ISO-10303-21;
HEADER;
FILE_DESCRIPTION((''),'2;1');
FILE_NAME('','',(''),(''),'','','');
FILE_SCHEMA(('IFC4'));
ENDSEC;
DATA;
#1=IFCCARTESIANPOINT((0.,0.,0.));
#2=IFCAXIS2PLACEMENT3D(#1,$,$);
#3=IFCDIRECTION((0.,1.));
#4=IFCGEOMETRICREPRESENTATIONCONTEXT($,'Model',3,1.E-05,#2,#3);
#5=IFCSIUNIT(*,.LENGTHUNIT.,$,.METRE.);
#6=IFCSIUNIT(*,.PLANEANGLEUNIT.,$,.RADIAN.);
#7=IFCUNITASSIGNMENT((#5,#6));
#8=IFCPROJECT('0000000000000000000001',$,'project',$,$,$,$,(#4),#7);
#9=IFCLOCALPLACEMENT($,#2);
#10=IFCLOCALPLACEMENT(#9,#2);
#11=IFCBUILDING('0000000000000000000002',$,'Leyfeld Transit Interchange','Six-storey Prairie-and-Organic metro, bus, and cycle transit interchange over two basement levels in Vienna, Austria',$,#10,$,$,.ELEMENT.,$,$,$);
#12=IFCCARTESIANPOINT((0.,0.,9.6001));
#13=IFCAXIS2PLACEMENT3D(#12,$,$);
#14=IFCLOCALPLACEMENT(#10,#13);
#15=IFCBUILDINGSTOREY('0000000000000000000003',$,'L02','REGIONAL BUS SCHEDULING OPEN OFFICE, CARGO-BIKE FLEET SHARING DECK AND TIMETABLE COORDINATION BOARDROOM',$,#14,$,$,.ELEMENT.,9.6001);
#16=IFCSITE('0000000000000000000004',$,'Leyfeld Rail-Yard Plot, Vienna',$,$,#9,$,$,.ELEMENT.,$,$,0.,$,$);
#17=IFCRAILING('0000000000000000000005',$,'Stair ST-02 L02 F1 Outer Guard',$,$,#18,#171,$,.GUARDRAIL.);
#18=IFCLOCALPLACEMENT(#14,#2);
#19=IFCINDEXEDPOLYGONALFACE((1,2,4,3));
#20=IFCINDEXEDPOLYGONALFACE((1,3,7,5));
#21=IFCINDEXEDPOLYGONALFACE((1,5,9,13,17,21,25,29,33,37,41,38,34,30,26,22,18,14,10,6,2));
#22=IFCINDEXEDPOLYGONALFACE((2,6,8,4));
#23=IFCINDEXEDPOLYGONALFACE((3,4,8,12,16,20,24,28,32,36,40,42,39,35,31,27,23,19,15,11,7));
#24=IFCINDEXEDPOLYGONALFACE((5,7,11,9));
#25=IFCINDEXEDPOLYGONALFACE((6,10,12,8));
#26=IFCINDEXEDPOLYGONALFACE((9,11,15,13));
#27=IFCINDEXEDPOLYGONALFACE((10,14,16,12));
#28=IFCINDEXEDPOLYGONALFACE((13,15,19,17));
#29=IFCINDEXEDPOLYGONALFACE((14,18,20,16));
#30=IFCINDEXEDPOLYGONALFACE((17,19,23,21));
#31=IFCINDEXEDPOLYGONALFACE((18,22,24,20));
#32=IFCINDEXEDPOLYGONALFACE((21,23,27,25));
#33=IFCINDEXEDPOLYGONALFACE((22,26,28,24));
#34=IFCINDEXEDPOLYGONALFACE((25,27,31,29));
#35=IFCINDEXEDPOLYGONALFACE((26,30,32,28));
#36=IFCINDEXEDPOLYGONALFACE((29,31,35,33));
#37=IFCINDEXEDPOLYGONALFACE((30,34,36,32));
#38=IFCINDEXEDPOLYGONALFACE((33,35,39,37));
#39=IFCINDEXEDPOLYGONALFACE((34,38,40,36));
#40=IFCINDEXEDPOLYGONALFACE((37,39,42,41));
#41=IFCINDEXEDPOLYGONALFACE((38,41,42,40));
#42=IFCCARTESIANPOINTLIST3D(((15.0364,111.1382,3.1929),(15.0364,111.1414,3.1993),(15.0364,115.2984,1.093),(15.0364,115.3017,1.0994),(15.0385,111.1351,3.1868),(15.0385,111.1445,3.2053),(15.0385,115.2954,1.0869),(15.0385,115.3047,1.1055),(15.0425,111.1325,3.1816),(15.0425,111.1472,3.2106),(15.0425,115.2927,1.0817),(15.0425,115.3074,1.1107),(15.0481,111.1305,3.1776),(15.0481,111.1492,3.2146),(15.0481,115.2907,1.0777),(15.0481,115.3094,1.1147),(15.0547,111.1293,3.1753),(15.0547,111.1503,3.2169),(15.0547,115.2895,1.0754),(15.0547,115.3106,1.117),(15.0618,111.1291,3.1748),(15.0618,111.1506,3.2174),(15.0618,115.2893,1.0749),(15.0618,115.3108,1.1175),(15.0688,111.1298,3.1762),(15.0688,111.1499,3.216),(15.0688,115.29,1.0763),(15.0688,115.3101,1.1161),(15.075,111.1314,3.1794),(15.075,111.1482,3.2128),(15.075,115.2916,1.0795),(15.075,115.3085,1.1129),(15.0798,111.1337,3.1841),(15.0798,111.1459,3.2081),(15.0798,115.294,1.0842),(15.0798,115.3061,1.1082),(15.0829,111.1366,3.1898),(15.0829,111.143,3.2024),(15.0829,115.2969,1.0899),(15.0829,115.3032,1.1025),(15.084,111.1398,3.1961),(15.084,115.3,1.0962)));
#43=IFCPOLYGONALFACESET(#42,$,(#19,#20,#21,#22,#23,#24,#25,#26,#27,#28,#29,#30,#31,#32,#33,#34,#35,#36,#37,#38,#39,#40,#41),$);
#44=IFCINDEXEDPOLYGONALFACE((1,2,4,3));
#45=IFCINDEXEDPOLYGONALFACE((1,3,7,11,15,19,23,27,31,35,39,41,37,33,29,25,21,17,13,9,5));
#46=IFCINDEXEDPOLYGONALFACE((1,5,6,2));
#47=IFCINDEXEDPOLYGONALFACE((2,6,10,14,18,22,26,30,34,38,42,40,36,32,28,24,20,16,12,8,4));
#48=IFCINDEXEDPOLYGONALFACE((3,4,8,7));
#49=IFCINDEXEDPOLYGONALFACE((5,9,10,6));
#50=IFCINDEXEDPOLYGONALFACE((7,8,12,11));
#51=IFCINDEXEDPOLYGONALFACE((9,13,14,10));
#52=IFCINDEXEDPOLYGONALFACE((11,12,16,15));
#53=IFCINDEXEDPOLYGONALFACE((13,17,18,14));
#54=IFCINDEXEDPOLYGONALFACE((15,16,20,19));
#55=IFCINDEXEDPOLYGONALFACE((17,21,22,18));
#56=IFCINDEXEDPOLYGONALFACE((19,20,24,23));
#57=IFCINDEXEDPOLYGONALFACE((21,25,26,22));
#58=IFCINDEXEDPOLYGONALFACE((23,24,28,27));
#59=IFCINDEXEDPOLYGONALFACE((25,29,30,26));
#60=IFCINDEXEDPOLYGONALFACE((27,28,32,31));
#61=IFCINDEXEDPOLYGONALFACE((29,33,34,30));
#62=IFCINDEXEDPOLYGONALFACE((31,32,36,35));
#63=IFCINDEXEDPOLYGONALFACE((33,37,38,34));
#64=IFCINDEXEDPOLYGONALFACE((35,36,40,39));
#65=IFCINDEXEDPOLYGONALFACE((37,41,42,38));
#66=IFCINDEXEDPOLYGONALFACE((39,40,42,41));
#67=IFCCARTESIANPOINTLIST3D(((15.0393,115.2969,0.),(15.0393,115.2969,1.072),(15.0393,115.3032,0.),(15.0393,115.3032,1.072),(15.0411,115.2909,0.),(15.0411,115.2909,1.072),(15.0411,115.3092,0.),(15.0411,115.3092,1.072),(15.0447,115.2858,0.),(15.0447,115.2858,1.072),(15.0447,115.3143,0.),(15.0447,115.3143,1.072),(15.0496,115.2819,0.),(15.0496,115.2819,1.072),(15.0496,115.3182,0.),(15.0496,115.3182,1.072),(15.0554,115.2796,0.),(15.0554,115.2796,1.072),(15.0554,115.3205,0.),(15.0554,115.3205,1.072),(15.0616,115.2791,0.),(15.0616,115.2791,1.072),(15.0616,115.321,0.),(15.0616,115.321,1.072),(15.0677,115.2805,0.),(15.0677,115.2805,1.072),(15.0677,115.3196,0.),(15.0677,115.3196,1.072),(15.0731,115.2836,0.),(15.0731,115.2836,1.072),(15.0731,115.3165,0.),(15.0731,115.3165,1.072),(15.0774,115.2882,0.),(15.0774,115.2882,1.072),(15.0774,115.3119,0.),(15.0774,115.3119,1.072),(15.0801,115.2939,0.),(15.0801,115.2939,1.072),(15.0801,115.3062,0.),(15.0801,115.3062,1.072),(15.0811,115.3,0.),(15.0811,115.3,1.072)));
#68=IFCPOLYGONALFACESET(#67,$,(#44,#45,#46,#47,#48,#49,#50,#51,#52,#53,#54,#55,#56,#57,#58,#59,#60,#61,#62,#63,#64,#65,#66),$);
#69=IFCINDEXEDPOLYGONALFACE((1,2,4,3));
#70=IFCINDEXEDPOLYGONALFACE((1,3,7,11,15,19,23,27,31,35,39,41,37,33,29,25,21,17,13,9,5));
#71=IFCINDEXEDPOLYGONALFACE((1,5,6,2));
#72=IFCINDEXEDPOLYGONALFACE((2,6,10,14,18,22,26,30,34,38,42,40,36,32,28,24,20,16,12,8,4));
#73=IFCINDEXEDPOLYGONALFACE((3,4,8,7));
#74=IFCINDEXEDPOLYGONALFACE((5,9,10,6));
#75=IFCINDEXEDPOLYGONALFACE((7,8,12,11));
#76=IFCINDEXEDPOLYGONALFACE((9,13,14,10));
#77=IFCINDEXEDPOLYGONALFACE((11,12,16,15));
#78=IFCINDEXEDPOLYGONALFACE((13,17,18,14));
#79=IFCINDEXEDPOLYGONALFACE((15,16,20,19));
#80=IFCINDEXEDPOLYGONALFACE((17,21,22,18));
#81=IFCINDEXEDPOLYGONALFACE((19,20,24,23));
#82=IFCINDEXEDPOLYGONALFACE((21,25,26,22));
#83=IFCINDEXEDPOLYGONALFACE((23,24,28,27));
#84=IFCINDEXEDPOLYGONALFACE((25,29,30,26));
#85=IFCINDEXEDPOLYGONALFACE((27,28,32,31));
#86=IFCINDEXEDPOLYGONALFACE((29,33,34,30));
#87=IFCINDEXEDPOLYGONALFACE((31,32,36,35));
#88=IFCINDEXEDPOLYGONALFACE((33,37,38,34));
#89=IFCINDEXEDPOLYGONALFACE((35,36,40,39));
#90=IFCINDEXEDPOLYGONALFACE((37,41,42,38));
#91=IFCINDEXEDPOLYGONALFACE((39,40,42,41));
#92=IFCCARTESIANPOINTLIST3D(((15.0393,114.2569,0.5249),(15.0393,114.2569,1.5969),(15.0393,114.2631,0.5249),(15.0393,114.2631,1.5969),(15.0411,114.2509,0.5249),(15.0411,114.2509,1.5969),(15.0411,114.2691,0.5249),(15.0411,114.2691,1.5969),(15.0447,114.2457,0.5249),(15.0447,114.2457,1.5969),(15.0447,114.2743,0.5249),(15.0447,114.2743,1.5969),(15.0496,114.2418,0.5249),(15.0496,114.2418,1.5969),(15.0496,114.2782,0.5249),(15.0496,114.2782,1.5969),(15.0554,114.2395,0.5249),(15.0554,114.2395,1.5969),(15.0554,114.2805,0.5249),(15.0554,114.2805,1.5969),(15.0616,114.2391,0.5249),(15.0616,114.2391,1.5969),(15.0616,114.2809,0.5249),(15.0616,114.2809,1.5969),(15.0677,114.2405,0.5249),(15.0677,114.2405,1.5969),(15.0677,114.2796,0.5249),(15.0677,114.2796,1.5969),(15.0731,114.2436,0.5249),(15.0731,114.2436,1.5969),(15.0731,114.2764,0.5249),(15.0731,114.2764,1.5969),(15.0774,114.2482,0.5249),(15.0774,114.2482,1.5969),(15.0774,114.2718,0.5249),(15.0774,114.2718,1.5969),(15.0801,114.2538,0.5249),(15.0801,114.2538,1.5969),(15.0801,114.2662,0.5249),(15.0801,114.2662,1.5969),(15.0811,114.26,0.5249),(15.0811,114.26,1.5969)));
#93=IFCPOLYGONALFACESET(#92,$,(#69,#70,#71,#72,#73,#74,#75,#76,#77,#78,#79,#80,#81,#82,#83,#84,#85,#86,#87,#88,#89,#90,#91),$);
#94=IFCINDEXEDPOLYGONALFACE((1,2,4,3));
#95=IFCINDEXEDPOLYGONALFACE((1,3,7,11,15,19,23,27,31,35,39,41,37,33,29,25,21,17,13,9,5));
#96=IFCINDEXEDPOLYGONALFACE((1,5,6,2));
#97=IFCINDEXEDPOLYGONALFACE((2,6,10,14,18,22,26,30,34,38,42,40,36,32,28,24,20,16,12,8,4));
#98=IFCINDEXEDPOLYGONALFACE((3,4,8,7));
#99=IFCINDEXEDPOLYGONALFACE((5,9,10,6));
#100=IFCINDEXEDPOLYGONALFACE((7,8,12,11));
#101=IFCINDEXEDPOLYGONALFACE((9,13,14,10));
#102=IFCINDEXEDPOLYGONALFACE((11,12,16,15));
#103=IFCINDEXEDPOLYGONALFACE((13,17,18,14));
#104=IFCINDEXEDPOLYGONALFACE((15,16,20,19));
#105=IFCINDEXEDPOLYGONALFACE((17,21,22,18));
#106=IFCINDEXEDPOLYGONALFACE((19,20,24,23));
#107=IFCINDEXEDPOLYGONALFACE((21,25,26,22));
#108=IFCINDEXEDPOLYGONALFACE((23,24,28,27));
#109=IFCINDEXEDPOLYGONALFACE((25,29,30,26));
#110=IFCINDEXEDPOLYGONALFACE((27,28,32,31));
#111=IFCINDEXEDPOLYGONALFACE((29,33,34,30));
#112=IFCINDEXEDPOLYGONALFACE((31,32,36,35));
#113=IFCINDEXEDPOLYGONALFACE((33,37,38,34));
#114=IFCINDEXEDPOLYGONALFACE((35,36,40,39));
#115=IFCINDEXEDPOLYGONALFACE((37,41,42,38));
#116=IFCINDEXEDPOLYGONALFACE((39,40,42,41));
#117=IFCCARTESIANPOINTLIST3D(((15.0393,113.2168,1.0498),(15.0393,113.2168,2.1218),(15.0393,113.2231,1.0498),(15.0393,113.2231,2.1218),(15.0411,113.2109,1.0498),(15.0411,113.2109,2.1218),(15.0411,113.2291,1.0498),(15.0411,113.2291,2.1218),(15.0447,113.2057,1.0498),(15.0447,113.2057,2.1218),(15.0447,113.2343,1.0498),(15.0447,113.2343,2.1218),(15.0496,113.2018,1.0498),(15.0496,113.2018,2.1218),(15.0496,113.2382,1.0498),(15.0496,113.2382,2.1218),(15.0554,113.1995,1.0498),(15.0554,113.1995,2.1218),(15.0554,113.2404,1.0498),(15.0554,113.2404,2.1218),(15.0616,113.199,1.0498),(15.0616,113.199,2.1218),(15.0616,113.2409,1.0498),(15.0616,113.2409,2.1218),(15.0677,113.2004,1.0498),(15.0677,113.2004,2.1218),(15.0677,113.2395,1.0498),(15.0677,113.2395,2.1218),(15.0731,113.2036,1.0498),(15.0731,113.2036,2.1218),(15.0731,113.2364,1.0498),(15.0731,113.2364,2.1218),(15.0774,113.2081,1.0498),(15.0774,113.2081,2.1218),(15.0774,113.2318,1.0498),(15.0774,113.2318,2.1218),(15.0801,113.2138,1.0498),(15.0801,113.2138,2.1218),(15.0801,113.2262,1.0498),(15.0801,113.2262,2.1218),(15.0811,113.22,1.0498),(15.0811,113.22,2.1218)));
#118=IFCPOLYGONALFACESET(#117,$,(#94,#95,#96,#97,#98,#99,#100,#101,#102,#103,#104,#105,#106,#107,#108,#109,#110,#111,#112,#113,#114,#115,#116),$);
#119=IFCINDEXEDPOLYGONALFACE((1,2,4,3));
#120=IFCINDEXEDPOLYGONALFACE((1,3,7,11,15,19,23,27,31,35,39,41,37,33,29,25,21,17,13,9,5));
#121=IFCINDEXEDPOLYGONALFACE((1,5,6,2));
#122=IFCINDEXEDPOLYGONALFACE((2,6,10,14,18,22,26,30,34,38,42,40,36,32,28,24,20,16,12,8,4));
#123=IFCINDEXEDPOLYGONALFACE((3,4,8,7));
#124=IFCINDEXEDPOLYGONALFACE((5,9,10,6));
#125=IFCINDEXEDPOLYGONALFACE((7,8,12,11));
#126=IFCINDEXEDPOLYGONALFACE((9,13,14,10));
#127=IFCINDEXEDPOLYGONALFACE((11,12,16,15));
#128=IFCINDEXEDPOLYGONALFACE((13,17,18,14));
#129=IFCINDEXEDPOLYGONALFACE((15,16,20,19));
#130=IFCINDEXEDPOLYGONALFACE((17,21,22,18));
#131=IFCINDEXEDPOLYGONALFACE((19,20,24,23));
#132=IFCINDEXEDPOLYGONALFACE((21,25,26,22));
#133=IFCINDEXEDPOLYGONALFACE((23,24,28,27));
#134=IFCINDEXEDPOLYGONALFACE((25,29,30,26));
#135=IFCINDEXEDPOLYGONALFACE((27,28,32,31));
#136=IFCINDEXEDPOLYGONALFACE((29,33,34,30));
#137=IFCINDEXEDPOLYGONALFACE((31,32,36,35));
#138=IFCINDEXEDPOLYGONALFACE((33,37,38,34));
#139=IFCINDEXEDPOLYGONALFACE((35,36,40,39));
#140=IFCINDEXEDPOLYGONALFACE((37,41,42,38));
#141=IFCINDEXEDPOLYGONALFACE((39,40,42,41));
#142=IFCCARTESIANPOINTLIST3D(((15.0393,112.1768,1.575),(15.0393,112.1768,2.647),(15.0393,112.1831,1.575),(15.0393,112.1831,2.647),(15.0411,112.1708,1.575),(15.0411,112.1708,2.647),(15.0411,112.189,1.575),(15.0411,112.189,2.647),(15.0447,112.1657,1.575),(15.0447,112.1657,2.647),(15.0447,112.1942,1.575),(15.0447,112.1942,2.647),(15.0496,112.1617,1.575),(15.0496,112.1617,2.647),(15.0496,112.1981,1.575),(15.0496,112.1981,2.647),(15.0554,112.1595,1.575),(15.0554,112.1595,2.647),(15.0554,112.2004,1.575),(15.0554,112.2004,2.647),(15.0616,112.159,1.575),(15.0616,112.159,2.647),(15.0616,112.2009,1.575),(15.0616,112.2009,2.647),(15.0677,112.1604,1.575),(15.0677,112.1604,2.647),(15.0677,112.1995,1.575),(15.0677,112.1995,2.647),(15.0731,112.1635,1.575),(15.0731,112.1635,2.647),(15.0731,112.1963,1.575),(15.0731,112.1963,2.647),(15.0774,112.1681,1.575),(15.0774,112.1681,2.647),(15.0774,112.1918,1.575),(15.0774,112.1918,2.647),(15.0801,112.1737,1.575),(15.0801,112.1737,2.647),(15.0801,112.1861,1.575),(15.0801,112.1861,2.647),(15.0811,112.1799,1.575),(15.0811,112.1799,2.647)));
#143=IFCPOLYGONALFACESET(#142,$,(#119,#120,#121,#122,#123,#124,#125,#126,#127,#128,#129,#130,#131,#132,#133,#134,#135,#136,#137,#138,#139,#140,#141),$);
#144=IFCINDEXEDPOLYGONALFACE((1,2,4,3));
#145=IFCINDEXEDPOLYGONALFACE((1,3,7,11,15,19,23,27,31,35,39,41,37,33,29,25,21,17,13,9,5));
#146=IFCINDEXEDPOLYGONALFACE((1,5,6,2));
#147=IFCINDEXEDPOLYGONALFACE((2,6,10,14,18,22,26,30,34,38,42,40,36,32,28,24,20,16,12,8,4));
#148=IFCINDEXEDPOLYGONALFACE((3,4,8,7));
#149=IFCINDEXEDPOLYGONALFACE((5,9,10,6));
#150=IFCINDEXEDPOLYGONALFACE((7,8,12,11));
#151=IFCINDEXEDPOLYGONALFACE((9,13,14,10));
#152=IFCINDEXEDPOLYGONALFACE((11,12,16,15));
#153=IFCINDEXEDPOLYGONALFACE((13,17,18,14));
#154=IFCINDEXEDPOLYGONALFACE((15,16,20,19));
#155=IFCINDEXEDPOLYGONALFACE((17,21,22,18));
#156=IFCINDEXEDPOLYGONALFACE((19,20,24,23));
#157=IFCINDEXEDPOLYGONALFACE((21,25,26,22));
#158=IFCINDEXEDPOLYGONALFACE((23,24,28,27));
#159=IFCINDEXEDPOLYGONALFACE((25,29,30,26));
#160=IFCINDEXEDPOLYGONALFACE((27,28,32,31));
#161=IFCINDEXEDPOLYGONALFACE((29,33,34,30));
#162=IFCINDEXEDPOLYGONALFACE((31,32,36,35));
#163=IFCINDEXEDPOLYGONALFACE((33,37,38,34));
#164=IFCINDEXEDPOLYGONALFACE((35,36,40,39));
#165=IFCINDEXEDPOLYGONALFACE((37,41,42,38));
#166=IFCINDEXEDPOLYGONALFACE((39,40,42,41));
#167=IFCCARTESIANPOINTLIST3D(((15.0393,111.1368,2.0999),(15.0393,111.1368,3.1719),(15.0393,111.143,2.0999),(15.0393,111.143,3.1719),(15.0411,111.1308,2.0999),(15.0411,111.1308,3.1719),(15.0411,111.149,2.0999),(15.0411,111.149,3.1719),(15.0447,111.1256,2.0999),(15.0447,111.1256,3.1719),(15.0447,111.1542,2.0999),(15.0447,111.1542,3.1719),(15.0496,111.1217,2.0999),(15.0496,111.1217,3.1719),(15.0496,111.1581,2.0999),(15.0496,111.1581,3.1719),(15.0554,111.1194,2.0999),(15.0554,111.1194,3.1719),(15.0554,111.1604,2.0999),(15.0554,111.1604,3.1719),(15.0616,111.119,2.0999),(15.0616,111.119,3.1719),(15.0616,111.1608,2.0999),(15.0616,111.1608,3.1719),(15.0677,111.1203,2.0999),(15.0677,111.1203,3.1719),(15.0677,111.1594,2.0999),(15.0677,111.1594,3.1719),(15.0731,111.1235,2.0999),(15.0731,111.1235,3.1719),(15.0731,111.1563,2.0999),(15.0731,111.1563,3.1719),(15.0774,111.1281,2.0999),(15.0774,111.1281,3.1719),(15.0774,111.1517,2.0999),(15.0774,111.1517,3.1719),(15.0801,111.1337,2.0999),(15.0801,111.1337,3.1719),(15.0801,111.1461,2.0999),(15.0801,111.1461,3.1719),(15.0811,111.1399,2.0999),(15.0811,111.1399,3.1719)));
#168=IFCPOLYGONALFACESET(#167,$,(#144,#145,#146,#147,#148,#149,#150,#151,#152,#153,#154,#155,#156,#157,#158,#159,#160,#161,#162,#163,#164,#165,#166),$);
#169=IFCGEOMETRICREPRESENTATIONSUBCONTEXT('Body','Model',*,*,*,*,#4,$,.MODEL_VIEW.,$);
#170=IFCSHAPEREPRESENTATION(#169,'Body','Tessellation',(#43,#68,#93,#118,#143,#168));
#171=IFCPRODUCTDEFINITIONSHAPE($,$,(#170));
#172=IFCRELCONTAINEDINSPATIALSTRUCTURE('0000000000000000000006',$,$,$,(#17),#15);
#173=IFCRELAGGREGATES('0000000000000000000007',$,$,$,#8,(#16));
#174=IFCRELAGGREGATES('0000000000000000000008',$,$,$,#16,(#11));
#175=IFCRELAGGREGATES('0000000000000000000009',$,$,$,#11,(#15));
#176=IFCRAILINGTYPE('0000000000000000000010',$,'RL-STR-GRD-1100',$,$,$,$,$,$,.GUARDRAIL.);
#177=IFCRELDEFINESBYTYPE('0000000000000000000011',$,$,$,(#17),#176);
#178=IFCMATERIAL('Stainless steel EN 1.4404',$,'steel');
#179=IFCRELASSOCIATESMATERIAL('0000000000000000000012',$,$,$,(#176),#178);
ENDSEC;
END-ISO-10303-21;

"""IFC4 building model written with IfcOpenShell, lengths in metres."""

from ifc_helpers import new_model, si_unit, direction, frame, origin, origin_2d, place, context, subcontext, project, spatial, circle, extrude, material, type_object, element, save


model = new_model("IFC4")

# Units and contexts
model_context = context("Model", 3, precision=1e-05, world=origin(), true_north=direction((0.0, 1.0)))
body_context = subcontext(model_context, "Body", "Model", "MODEL_VIEW")
ifc_project = project(units=[si_unit("LENGTHUNIT", "METRE"), si_unit("PLANEANGLEUNIT", "RADIAN")], contexts=[model_context])

# Site, building, storey
site_placement = place(None, origin())
site = spatial("IfcSite", under=ifc_project, at=site_placement, Name="Leyfeld Rail-Yard Plot, Vienna", CompositionType="ELEMENT", RefElevation=0.0)
building_placement = place(site_placement, origin())
building = spatial("IfcBuilding", under=site, at=building_placement, Name="Leyfeld Transit Interchange", Description="Six-storey Prairie-and-Organic metro, bus, and cycle transit interchange over two basement levels in Vienna, Austria", CompositionType="ELEMENT")
storey_placement = place(building_placement, frame((0.0, 0.0, 9.6001)))
storey = spatial("IfcBuildingStorey", under=building, at=storey_placement, Name="L02", Description="REGIONAL BUS SCHEDULING OPEN OFFICE, CARGO-BIKE FLEET SHARING DECK AND TIMETABLE COORDINATION BOARDROOM", CompositionType="ELEMENT", Elevation=9.6001)

# Shared definitions
ifc_material_1 = material(Name="Stainless steel EN 1.4404", Category="steel")

# Railing
railing_type_1 = type_object("IfcRailingType", Name="RL-STR-GRD-1100", PredefinedType="GUARDRAIL", material=ifc_material_1)
for number, where, name in (
    (1, (15.0601, 115.3, 0.0), "Stair ST-02 L02 F1 Outer Guard"),
):
    element("IfcRailing", number, at=place(storey_placement, frame(where)), inside=storey, type_object=railing_type_1, Name=name, PredefinedType="GUARDRAIL", context=body_context, shape_type="SweptSolid", body=[
        extrude(circle(Radius=0.0239, at=origin_2d()), frame((0.0, 0.0, 1.0962), z_axis=(0.0, -0.892723, 0.450605), x_axis=(1.0, 0.0, 0.0)), (0.0, 0.0, 1.0), 4.6602),
        extrude(circle(Radius=0.021, at=origin_2d()), origin(), (0.0, 0.0, 1.0), 1.072),
        extrude(circle(Radius=0.021, at=origin_2d()), frame((0.0, -1.04, 0.5249)), (0.0, 0.0, 1.0), 1.072),
        extrude(circle(Radius=0.021, at=origin_2d()), frame((0.0, -2.0801, 1.0498)), (0.0, 0.0, 1.0), 1.072),
        extrude(circle(Radius=0.021, at=origin_2d()), frame((0.0, -3.1201, 1.575)), (0.0, 0.0, 1.0), 1.072),
        extrude(circle(Radius=0.021, at=origin_2d()), frame((0.0, -4.1602, 2.0999)), (0.0, 0.0, 1.0), 1.072),
    ])

save(model, "model.ifc")
